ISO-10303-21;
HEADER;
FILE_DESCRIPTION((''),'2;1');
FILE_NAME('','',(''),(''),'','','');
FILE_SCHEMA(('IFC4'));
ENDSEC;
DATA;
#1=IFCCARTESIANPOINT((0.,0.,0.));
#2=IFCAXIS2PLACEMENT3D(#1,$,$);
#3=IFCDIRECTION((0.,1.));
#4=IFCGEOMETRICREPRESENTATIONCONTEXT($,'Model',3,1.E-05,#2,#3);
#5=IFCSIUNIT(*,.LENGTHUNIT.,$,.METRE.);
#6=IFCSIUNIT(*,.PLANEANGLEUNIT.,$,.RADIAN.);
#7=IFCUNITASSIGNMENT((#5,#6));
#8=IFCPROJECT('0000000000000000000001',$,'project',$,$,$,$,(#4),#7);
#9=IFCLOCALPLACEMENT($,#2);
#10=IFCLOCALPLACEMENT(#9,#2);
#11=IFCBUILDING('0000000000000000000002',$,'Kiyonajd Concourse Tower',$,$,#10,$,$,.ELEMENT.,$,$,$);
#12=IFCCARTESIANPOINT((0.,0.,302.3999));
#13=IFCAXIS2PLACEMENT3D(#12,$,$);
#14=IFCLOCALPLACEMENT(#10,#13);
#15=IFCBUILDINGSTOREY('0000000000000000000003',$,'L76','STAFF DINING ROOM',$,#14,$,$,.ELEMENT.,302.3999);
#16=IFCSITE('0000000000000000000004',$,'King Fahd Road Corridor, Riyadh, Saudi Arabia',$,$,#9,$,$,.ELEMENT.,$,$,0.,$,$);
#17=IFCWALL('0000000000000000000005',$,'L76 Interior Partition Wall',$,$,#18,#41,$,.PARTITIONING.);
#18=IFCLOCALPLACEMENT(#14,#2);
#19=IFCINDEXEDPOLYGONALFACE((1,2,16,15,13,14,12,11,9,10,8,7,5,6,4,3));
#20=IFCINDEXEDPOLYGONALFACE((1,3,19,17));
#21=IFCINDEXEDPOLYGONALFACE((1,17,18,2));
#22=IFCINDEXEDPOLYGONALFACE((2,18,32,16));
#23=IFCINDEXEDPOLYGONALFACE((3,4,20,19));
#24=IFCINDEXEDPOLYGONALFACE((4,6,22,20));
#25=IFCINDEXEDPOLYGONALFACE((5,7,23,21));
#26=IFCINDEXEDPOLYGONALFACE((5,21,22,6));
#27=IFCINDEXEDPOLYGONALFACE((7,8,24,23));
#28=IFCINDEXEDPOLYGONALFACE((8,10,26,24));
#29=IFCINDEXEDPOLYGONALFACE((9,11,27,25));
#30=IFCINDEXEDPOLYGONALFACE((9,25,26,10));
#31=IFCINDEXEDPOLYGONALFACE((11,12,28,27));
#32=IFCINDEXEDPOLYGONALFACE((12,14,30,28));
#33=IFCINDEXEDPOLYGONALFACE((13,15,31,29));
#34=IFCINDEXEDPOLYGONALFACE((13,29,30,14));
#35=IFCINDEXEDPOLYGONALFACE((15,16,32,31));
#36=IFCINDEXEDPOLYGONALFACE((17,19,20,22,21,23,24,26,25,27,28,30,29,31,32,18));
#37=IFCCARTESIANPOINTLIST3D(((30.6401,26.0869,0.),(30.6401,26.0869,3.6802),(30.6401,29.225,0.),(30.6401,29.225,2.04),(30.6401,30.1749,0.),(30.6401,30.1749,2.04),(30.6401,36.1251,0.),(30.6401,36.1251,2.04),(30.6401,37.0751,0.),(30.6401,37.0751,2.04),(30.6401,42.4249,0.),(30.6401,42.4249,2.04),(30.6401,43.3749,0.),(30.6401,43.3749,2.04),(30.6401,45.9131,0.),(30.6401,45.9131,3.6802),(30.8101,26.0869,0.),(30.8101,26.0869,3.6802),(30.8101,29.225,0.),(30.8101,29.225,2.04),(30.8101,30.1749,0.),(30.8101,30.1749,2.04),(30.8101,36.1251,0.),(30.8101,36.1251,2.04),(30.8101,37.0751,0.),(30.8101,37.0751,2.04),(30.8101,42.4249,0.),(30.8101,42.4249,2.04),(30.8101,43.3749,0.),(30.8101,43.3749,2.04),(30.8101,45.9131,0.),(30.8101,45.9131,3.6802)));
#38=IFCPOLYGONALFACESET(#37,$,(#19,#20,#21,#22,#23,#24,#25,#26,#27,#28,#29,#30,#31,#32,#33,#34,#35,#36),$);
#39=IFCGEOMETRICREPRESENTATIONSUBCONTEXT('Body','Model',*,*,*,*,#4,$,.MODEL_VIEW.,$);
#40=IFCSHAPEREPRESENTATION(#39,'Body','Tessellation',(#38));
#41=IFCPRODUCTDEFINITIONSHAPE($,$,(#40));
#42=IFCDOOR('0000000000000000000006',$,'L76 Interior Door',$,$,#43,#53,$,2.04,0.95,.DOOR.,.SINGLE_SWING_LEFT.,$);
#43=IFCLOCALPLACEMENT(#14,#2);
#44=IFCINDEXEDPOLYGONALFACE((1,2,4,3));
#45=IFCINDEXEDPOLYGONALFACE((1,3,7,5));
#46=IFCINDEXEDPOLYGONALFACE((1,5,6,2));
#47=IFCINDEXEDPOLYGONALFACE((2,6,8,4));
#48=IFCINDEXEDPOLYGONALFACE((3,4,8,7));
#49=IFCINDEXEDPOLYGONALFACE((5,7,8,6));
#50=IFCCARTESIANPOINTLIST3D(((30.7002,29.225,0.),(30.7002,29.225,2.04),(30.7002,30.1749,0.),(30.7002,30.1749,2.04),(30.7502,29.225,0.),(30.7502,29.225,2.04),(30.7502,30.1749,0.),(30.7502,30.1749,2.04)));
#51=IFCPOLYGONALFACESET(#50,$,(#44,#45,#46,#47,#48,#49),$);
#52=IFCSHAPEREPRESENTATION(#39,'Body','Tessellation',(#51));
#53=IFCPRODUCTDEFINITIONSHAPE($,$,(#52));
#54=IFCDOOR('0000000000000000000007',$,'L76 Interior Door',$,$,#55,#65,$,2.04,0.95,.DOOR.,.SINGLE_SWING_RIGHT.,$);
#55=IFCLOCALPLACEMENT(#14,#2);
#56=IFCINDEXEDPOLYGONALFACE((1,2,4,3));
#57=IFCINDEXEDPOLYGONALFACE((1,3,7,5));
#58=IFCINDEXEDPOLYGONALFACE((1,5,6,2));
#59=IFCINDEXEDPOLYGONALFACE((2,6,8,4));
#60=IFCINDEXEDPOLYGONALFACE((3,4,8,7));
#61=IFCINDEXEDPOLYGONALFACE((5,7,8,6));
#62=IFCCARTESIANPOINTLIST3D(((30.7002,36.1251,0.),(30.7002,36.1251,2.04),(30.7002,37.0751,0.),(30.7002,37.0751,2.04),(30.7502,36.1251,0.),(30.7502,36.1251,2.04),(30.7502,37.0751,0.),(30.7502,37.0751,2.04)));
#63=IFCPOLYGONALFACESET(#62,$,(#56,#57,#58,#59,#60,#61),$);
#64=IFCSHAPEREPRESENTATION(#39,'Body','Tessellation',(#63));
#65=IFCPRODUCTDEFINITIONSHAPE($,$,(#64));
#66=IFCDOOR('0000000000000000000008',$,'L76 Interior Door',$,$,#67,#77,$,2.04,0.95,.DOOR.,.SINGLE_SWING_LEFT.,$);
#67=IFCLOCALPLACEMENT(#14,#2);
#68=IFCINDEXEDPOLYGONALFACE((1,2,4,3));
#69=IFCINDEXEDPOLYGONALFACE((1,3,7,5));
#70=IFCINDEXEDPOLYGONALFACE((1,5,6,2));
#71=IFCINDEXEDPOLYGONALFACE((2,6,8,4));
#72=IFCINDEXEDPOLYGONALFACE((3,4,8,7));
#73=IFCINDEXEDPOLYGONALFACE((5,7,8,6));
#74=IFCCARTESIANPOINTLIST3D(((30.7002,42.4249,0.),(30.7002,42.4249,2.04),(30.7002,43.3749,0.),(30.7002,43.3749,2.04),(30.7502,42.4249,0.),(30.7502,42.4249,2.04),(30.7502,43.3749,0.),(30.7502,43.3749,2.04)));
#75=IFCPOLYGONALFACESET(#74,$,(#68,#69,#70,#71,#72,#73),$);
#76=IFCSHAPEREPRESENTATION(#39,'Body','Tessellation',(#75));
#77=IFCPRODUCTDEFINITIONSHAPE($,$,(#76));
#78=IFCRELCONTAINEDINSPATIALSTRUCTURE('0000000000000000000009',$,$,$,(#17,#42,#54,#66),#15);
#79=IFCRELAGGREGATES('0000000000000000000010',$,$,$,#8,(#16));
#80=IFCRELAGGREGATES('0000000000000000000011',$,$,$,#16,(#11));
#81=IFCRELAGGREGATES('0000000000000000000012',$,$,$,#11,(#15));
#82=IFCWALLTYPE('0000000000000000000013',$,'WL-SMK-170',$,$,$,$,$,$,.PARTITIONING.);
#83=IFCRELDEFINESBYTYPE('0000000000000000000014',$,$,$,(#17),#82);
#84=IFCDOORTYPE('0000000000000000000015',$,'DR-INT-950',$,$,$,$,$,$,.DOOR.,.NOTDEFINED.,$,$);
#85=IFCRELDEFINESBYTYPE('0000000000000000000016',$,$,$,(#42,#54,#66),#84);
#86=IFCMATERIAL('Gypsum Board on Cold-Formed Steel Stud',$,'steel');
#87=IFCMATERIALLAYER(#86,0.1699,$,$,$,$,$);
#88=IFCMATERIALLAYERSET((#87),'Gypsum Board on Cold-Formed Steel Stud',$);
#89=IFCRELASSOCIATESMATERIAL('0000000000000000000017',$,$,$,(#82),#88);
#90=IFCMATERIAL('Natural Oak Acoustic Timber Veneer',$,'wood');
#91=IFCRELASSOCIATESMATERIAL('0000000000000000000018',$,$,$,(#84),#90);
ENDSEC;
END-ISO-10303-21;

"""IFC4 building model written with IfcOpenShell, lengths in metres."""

from ifc_helpers import new_model, si_unit, direction, frame, frame_2d, origin, place, context, subcontext, project, spatial, rectangle, extrude, material, layer, layer_set, type_object, element, fill, save


model = new_model("IFC4")

# Units and contexts
model_context = context("Model", 3, precision=1e-05, world=origin(), true_north=direction((0.0, 1.0)))
body_context = subcontext(model_context, "Body", "Model", "MODEL_VIEW")
ifc_project = project(units=[si_unit("LENGTHUNIT", "METRE"), si_unit("PLANEANGLEUNIT", "RADIAN")], contexts=[model_context])

# Site, building, storey
site_placement = place(None, origin())
site = spatial("IfcSite", under=ifc_project, at=site_placement, Name="King Fahd Road Corridor, Riyadh, Saudi Arabia", CompositionType="ELEMENT", RefElevation=0.0)
building_placement = place(site_placement, origin())
building = spatial("IfcBuilding", under=site, at=building_placement, Name="Kiyonajd Concourse Tower", CompositionType="ELEMENT")
storey_placement = place(building_placement, frame((0.0, 0.0, 302.3999)))
storey = spatial("IfcBuildingStorey", under=building, at=storey_placement, Name="L76", Description="STAFF DINING ROOM", CompositionType="ELEMENT", Elevation=302.3999)

# Shared definitions
ifc_material_1 = material(Name="Gypsum Board on Cold-Formed Steel Stud", Category="steel")
ifc_material_2 = material(Name="Natural Oak Acoustic Timber Veneer", Category="wood")

# Wall, openings, doors
ifc_layer_1 = layer(ifc_material_1, 0.1699)
ifc_layer_set_1 = layer_set([ifc_layer_1], Name="Gypsum Board on Cold-Formed Steel Stud")
wall_type_1 = type_object("IfcWallType", Name="WL-SMK-170", PredefinedType="PARTITIONING", material=ifc_layer_set_1)
door_type_1 = type_object("IfcDoorType", Name="DR-INT-950", OperationType="NOTDEFINED", PredefinedType="DOOR", material=ifc_material_2)
wall_1_placement = place(storey_placement, frame((30.7251, 26.0869, 0.0), z_axis=(0.0, 0.0, 1.0), x_axis=(0.0, 1.0, 0.0)))
wall_1 = element("IfcWall", 1, at=wall_1_placement, inside=storey, type_object=wall_type_1, Name="L76 Interior Partition Wall", PredefinedType="PARTITIONING", context=body_context, shape_type="SweptSolid", body=[
    extrude(rectangle(XDim=19.8262, YDim=0.1699, at=frame_2d((9.9131, 0.0))), origin(), (0.0, 0.0, 1.0), 3.6802),
])
opening_1_placement = place(wall_1_placement, frame((3.1379, 0.0, 0.0)))
opening_1 = element("IfcOpeningElement", 2, at=opening_1_placement, cuts=wall_1, PredefinedType="OPENING", context=body_context, shape_type="SweptSolid", body=[
    extrude(rectangle(XDim=0.95, YDim=2.04, at=frame_2d((0.4751, 1.02))), frame((0.0, 0.095, 0.0), z_axis=(0.0, -1.0, 0.0), x_axis=(1.0, 0.0, 0.0)), (0.0, 0.0, 1.0), 0.1899),
])
opening_2_placement = place(wall_1_placement, frame((10.0381, 0.0, 0.0)))
opening_2 = element("IfcOpeningElement", 3, at=opening_2_placement, cuts=wall_1, PredefinedType="OPENING", context=body_context, shape_type="SweptSolid", body=[
    extrude(rectangle(XDim=0.95, YDim=2.04, at=frame_2d((0.4751, 1.02))), frame((0.0, 0.095, 0.0), z_axis=(0.0, -1.0, 0.0), x_axis=(1.0, 0.0, 0.0)), (0.0, 0.0, 1.0), 0.1899),
])
opening_3_placement = place(wall_1_placement, frame((16.3379, 0.0, 0.0)))
opening_3 = element("IfcOpeningElement", 4, at=opening_3_placement, cuts=wall_1, PredefinedType="OPENING", context=body_context, shape_type="SweptSolid", body=[
    extrude(rectangle(XDim=0.95, YDim=2.04, at=frame_2d((0.4751, 1.02))), frame((0.0, 0.095, 0.0), z_axis=(0.0, -1.0, 0.0), x_axis=(1.0, 0.0, 0.0)), (0.0, 0.0, 1.0), 0.1899),
])
door_1_placement = place(opening_1_placement, origin())
door_1 = element("IfcDoor", 5, at=door_1_placement, inside=storey, type_object=door_type_1, Name="L76 Interior Door", OperationType="SINGLE_SWING_LEFT", OverallHeight=2.04, OverallWidth=0.95, PredefinedType="DOOR", context=body_context, shape_type="SweptSolid", body=[
    extrude(rectangle(XDim=0.95, YDim=2.04, at=frame_2d((0.4751, 1.02))), frame((0.0, 0.0249, 0.0), z_axis=(0.0, -1.0, 0.0), x_axis=(1.0, 0.0, 0.0)), (0.0, 0.0, 1.0), 0.05),
])
fill(opening_1, door_1)
door_2_placement = place(opening_2_placement, origin())
door_2 = element("IfcDoor", 6, at=door_2_placement, inside=storey, type_object=door_type_1, Name="L76 Interior Door", OperationType="SINGLE_SWING_RIGHT", OverallHeight=2.04, OverallWidth=0.95, PredefinedType="DOOR", context=body_context, shape_type="SweptSolid", body=[
    extrude(rectangle(XDim=0.95, YDim=2.04, at=frame_2d((0.4751, 1.02))), frame((0.0, 0.0249, 0.0), z_axis=(0.0, -1.0, 0.0), x_axis=(1.0, 0.0, 0.0)), (0.0, 0.0, 1.0), 0.05),
])
fill(opening_2, door_2)
door_3_placement = place(opening_3_placement, origin())
door_3 = element("IfcDoor", 7, at=door_3_placement, inside=storey, type_object=door_type_1, Name="L76 Interior Door", OperationType="SINGLE_SWING_LEFT", OverallHeight=2.04, OverallWidth=0.95, PredefinedType="DOOR", context=body_context, shape_type="SweptSolid", body=[
    extrude(rectangle(XDim=0.95, YDim=2.04, at=frame_2d((0.4751, 1.02))), frame((0.0, 0.0249, 0.0), z_axis=(0.0, -1.0, 0.0), x_axis=(1.0, 0.0, 0.0)), (0.0, 0.0, 1.0), 0.05),
])
fill(opening_3, door_3)

save(model, "model.ifc")
